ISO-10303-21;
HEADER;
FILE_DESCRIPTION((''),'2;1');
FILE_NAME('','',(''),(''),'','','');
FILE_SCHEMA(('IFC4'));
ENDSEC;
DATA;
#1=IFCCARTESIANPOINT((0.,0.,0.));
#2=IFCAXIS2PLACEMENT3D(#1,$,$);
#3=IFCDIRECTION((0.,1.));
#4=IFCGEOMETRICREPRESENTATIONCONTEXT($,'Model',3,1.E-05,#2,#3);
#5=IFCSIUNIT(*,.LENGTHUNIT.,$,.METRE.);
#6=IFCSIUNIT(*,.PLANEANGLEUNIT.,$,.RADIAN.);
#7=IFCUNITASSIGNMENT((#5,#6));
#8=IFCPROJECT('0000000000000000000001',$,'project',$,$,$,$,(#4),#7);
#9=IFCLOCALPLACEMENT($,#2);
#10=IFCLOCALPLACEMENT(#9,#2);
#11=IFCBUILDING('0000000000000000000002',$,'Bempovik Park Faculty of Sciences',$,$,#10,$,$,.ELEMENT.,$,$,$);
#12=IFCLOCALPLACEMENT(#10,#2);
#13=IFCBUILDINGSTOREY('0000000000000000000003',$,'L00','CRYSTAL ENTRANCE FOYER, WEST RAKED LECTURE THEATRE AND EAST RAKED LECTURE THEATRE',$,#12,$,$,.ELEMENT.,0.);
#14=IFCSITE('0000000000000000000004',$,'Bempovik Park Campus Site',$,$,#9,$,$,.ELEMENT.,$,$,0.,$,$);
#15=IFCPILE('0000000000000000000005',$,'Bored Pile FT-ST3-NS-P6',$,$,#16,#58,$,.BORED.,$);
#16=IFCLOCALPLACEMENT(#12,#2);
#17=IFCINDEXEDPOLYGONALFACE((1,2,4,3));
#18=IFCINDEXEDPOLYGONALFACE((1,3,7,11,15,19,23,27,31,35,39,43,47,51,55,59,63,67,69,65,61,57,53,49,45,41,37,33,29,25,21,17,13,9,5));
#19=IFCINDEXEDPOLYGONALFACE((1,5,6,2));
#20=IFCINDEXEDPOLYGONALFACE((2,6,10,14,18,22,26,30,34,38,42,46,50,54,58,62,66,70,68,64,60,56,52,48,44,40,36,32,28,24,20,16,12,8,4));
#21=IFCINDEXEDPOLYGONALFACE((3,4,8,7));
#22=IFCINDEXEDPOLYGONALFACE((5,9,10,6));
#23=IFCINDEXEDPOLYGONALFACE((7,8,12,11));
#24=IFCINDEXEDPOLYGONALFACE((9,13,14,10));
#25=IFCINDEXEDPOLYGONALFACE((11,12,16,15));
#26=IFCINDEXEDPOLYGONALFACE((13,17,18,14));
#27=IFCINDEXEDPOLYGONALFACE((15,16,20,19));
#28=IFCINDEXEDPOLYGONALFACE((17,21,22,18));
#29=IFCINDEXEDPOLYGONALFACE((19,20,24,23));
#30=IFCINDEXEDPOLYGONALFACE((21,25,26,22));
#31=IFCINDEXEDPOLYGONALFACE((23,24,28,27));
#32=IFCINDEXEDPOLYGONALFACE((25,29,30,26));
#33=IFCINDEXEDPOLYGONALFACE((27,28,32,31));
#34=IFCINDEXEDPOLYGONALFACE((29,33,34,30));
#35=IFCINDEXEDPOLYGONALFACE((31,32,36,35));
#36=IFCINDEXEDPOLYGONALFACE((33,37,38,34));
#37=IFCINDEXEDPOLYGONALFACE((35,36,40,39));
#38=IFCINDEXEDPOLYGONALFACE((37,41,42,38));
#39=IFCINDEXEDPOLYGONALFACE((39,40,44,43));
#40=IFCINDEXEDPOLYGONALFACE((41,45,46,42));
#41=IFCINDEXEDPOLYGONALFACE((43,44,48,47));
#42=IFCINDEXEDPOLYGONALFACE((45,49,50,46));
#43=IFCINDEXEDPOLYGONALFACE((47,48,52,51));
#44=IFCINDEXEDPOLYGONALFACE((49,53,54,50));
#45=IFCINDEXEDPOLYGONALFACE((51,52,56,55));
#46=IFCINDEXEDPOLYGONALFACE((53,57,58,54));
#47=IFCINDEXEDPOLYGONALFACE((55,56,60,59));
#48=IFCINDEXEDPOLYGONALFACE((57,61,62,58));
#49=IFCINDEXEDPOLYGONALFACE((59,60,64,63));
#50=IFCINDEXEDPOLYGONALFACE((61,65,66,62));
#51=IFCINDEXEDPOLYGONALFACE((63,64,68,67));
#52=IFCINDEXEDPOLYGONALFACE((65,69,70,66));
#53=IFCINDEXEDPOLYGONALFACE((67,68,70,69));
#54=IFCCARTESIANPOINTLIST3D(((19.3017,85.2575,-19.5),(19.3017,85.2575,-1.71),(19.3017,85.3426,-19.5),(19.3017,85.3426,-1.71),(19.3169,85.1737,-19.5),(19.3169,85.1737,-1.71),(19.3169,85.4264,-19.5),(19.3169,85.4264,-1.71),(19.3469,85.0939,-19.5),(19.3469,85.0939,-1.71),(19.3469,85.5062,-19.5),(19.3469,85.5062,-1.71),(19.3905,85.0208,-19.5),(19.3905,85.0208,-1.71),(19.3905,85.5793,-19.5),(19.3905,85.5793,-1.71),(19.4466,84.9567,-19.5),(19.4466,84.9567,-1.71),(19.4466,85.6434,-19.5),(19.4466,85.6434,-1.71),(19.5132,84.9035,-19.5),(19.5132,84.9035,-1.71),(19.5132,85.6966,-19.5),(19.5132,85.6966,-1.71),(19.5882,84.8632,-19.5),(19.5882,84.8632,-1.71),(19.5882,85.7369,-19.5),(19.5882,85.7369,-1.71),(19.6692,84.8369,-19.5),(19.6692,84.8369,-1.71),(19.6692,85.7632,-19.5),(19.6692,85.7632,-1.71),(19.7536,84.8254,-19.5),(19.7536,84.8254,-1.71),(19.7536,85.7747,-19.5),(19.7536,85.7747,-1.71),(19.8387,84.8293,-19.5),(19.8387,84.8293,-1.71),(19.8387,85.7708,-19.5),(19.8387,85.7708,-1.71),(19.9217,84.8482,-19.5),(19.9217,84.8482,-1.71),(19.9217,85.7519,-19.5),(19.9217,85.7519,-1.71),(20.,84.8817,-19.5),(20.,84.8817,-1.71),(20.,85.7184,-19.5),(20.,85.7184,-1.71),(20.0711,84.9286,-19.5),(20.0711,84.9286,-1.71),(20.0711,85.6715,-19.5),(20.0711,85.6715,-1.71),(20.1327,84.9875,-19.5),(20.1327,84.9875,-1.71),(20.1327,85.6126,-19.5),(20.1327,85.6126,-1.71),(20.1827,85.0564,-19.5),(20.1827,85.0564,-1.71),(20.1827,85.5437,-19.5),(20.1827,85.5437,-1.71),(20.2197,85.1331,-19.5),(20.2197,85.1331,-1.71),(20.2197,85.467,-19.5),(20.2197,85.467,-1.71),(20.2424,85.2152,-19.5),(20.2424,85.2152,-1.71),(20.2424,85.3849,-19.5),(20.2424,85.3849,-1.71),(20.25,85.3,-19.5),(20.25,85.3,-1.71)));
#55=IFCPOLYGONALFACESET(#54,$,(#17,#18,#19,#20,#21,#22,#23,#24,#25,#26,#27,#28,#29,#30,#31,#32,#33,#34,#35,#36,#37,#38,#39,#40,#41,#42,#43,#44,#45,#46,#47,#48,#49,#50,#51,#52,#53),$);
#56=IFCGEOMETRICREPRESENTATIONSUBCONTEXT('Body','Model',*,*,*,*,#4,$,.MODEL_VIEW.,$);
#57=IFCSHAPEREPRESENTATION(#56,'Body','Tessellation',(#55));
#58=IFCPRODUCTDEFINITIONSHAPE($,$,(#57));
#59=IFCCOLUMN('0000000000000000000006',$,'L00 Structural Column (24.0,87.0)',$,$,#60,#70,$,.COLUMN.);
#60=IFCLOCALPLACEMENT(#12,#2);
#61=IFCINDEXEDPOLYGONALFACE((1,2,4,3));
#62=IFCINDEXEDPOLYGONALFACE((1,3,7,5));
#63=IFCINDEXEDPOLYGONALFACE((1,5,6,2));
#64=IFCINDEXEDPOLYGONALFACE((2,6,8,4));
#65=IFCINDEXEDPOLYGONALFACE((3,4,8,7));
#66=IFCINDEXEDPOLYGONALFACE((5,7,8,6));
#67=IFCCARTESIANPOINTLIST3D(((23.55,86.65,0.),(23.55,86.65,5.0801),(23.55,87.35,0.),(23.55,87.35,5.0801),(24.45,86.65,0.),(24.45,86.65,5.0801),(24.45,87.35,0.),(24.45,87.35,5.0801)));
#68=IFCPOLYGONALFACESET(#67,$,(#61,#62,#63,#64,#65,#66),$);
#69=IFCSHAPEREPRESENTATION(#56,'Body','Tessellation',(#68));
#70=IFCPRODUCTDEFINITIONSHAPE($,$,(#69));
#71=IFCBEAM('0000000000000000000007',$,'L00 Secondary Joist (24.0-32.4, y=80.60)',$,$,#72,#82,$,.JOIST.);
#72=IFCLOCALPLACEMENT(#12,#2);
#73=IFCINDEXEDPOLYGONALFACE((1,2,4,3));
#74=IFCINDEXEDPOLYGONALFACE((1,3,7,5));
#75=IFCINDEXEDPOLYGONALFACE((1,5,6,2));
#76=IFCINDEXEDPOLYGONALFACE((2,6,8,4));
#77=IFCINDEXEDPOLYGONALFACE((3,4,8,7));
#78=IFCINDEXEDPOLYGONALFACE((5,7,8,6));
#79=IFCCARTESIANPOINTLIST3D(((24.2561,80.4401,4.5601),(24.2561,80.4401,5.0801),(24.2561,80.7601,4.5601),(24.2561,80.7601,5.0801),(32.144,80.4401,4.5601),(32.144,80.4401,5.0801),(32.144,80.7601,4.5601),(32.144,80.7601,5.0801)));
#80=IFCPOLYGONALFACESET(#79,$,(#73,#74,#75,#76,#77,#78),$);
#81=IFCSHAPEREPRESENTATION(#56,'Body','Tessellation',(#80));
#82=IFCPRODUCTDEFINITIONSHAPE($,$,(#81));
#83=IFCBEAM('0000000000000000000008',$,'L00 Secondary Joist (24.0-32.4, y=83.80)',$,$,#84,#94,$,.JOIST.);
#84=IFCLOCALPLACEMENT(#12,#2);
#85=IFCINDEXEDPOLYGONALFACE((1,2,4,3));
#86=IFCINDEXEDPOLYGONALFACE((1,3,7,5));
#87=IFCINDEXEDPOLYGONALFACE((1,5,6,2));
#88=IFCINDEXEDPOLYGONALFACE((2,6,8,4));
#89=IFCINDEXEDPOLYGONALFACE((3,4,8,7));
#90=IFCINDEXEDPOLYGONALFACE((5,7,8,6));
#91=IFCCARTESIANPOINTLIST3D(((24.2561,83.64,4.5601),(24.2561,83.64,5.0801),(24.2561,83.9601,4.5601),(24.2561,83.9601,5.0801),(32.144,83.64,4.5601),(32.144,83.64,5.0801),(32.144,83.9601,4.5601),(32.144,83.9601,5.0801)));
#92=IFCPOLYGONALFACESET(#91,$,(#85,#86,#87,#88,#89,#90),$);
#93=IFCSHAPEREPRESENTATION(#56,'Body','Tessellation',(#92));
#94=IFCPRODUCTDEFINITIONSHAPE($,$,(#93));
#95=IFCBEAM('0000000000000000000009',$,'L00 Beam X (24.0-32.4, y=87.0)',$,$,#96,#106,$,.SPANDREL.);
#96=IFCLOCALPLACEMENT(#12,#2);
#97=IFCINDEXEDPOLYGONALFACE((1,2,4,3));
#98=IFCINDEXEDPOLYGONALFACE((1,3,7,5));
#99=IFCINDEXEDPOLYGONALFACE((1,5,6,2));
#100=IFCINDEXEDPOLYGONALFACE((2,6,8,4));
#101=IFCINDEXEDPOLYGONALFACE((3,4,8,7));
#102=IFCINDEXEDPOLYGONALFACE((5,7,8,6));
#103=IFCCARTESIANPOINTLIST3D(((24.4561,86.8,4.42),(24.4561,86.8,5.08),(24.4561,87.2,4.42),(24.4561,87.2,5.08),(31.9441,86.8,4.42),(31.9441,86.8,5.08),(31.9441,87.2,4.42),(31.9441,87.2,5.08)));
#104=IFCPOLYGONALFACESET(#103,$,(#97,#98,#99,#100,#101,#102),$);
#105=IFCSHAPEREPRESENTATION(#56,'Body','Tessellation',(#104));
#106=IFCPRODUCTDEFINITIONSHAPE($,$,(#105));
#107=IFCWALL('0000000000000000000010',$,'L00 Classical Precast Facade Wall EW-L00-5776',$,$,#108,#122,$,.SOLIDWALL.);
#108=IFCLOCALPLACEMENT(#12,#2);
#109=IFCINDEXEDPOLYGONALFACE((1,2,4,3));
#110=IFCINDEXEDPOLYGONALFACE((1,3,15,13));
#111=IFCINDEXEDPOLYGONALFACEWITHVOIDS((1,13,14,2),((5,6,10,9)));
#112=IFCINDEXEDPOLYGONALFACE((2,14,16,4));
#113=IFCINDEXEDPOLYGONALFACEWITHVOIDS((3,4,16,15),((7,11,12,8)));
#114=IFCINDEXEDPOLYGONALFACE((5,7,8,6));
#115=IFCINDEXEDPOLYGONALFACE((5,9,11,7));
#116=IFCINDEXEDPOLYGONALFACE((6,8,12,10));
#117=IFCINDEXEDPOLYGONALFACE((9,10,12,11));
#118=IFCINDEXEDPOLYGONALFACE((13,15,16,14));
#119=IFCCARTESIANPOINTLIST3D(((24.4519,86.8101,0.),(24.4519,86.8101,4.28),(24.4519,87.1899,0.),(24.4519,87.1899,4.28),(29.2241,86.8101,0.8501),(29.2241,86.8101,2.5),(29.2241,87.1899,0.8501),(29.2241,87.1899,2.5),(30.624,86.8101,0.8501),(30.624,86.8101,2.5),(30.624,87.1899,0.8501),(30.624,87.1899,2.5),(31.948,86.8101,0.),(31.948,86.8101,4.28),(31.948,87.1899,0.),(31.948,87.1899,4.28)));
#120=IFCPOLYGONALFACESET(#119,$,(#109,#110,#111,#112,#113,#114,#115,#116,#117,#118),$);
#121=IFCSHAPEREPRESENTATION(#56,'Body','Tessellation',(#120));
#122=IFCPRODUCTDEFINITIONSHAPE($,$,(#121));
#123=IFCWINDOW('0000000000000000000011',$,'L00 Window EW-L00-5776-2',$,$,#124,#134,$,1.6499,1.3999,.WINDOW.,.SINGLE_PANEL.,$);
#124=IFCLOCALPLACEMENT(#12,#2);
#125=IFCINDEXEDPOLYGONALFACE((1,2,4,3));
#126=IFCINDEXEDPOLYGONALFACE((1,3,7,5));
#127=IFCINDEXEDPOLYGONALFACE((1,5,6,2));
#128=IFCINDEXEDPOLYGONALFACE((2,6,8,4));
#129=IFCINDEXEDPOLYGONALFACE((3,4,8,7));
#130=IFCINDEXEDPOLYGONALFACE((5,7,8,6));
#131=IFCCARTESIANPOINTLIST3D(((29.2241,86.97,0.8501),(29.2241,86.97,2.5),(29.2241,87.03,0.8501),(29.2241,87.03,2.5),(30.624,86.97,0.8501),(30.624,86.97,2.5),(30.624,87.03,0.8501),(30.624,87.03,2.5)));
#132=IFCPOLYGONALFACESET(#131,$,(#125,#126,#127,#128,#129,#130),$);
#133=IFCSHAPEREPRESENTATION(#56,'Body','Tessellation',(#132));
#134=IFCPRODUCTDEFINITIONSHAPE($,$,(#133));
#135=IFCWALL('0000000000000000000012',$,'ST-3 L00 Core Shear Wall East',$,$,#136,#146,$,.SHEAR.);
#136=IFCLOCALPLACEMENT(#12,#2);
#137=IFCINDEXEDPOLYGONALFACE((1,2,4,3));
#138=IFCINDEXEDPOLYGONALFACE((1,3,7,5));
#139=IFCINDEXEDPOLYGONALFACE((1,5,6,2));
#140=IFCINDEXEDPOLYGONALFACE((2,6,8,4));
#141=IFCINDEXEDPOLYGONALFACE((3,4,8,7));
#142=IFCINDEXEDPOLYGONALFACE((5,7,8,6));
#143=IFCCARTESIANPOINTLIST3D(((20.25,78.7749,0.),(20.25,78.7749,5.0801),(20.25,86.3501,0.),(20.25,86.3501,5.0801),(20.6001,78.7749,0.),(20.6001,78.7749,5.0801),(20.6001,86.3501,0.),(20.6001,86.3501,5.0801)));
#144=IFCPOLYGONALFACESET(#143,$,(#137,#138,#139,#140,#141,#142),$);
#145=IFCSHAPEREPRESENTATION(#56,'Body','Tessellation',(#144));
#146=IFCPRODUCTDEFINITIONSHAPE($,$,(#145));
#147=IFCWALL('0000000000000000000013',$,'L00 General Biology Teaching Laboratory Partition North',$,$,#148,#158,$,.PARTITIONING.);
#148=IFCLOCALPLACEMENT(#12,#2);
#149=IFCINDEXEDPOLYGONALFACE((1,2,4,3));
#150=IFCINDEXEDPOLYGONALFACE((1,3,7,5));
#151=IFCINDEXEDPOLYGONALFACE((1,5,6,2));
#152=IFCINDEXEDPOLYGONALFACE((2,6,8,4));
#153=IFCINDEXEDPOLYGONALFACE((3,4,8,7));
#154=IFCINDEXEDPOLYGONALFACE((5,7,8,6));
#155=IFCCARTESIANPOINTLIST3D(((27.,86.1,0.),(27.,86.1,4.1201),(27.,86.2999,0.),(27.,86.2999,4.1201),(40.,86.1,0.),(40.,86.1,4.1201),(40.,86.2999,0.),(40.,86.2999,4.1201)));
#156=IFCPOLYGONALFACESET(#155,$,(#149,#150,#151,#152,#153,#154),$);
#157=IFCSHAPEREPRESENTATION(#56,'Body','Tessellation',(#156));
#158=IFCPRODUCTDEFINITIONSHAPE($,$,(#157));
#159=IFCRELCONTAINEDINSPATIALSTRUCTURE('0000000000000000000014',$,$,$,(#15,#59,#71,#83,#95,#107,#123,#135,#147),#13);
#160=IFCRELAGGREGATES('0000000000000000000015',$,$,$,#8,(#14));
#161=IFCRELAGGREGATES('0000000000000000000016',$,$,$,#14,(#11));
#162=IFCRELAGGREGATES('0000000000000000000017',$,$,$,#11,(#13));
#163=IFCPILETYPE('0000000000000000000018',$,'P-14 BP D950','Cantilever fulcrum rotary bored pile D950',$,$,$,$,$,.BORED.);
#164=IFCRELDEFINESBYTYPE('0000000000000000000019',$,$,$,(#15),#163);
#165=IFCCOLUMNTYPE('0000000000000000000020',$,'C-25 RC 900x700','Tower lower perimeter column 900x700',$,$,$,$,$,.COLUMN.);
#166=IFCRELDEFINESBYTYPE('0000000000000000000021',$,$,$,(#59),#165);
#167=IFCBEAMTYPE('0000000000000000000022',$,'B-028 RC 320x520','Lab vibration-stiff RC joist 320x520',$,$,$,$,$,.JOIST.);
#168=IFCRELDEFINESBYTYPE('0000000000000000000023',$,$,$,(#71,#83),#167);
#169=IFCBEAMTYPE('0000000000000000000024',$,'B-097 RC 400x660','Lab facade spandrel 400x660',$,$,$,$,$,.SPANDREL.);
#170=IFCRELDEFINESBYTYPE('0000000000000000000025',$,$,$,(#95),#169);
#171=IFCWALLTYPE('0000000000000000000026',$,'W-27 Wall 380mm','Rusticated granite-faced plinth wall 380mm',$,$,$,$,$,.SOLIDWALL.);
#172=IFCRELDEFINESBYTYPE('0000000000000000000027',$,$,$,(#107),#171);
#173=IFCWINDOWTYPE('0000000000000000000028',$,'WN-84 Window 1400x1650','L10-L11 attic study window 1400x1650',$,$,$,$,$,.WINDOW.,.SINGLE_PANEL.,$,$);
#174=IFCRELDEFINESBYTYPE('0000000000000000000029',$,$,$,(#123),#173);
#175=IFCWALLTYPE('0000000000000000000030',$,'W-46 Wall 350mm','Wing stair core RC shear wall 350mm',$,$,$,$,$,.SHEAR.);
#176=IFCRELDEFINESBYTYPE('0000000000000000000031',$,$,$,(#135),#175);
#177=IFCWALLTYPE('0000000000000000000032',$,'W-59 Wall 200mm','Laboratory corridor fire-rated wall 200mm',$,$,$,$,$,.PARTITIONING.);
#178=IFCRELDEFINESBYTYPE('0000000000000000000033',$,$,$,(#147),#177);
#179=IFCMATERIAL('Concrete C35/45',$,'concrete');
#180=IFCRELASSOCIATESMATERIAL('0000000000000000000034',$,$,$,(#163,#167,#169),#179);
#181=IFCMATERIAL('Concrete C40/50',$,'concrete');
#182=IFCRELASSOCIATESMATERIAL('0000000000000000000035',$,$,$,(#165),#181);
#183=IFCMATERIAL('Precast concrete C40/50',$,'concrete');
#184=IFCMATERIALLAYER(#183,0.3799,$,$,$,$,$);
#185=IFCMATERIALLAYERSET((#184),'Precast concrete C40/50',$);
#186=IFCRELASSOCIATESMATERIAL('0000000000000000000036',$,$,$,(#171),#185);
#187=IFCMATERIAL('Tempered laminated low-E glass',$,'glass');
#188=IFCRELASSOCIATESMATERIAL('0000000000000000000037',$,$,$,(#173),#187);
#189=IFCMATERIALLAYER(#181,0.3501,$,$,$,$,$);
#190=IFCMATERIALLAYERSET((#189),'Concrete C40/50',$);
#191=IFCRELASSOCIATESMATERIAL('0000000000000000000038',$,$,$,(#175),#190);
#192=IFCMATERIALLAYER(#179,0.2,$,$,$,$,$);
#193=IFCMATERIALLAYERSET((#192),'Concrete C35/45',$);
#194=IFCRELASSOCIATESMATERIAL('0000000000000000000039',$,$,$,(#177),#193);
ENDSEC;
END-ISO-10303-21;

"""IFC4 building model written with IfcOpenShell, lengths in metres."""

from ifc_helpers import new_model, si_unit, direction, frame, frame_2d, origin, origin_2d, place, context, subcontext, project, spatial, rectangle, circle, extrude, material, layer, layer_set, material_profile, profile_set, type_object, element, fill, save


model = new_model("IFC4")

# Units and contexts
model_context = context("Model", 3, precision=1e-05, world=origin(), true_north=direction((0.0, 1.0)))
body_context = subcontext(model_context, "Body", "Model", "MODEL_VIEW")
ifc_project = project(units=[si_unit("LENGTHUNIT", "METRE"), si_unit("PLANEANGLEUNIT", "RADIAN")], contexts=[model_context])

# Site, building, storey
site_placement = place(None, origin())
site = spatial("IfcSite", under=ifc_project, at=site_placement, Name="Bempovik Park Campus Site", CompositionType="ELEMENT", RefElevation=0.0)
building_placement = place(site_placement, origin())
building = spatial("IfcBuilding", under=site, at=building_placement, Name="Bempovik Park Faculty of Sciences", CompositionType="ELEMENT")
storey_placement = place(building_placement, origin())
storey = spatial("IfcBuildingStorey", under=building, at=storey_placement, Name="L00", Description="CRYSTAL ENTRANCE FOYER, WEST RAKED LECTURE THEATRE AND EAST RAKED LECTURE THEATRE", CompositionType="ELEMENT", Elevation=0.0)

# Shared definitions
ifc_material_1 = material(Name="Concrete C35/45", Category="concrete")

# Pile
ifc_material_profile_1 = material_profile(ifc_material_1, circle(Radius=0.4751, at=origin_2d()), Name="BP D950")
ifc_profile_set_1 = profile_set([ifc_material_profile_1], Name="Concrete C35/45")
pile_type_1 = type_object("IfcPileType", Name="P-14 BP D950", Description="Cantilever fulcrum rotary bored pile D950", PredefinedType="BORED", material=ifc_profile_set_1)
for number, where, z_axis, x_axis, name in (
    (1, (19.7749, 85.3, -1.71), (0.0, 0.0, -1.0), (1.0, 0.0, 0.0), "Bored Pile FT-ST3-NS-P6"),
):
    element("IfcPile", number, at=place(storey_placement, frame(where, z_axis=z_axis, x_axis=x_axis)), inside=storey, type_object=pile_type_1, Name=name, PredefinedType="BORED", context=body_context, shape_type="SweptSolid", body=[
        extrude(circle(Radius=0.4751, at=origin_2d()), origin(), (0.0, 0.0, 1.0), 17.79),
    ])

# Column
ifc_material_2 = material(Name="Concrete C40/50", Category="concrete")
ifc_material_profile_2 = material_profile(ifc_material_2, rectangle(XDim=0.8999, YDim=0.7, at=origin_2d()), Name="RC 900x700")
ifc_profile_set_2 = profile_set([ifc_material_profile_2], Name="Concrete C40/50")
column_type = type_object("IfcColumnType", Name="C-25 RC 900x700", Description="Tower lower perimeter column 900x700", PredefinedType="COLUMN", material=ifc_profile_set_2)
column_placement = place(storey_placement, frame((24.0, 87.0, 0.0), z_axis=(0.0, 0.0, 1.0), x_axis=(1.0, 0.0, 0.0)))
element("IfcColumn", 2, at=column_placement, inside=storey, type_object=column_type, Name="L00 Structural Column (24.0,87.0)", PredefinedType="COLUMN", context=body_context, shape_type="SweptSolid", body=[
    extrude(rectangle(XDim=0.8999, YDim=0.7, at=origin_2d()), origin(), (0.0, 0.0, 1.0), 5.0801),
])

# Beams
ifc_material_profile_3 = material_profile(ifc_material_1, rectangle(XDim=0.3201, YDim=0.52, at=origin_2d()), Name="RC 320x520")
ifc_profile_set_3 = profile_set([ifc_material_profile_3], Name="Concrete C35/45")
beam_type_1 = type_object("IfcBeamType", Name="B-028 RC 320x520", Description="Lab vibration-stiff RC joist 320x520", PredefinedType="JOIST", material=ifc_profile_set_3)
for number, where, z_axis, x_axis, name in (
    (3, (24.2561, 80.6001, 4.8201), (1.0, 0.0, 0.0), (0.0, 1.0, 0.0), "L00 Secondary Joist (24.0-32.4, y=80.60)"),
    (4, (24.2561, 83.8, 4.8201), (1.0, 0.0, 0.0), (0.0, 1.0, 0.0), "L00 Secondary Joist (24.0-32.4, y=83.80)"),
):
    element("IfcBeam", number, at=place(storey_placement, frame(where, z_axis=z_axis, x_axis=x_axis)), inside=storey, type_object=beam_type_1, Name=name, PredefinedType="JOIST", context=body_context, shape_type="SweptSolid", body=[
        extrude(rectangle(XDim=0.3201, YDim=0.52, at=origin_2d()), origin(), (0.0, 0.0, 1.0), 7.8879),
    ])
ifc_material_profile_4 = material_profile(ifc_material_1, rectangle(XDim=0.3999, YDim=0.6599, at=origin_2d()), Name="RC 400x660")
ifc_profile_set_4 = profile_set([ifc_material_profile_4], Name="Concrete C35/45")
beam_type_2 = type_object("IfcBeamType", Name="B-097 RC 400x660", Description="Lab facade spandrel 400x660", PredefinedType="SPANDREL", material=ifc_profile_set_4)
beam_placement = place(storey_placement, frame((24.4561, 87.0, 4.75), z_axis=(1.0, 0.0, 0.0), x_axis=(0.0, 1.0, 0.0)))
element("IfcBeam", 5, at=beam_placement, inside=storey, type_object=beam_type_2, Name="L00 Beam X (24.0-32.4, y=87.0)", PredefinedType="SPANDREL", context=body_context, shape_type="SweptSolid", body=[
    extrude(rectangle(XDim=0.3999, YDim=0.6599, at=origin_2d()), origin(), (0.0, 0.0, 1.0), 7.488),
])

# Wall, opening, window
ifc_material_3 = material(Name="Precast concrete C40/50", Category="concrete")
ifc_layer_1 = layer(ifc_material_3, 0.3799)
ifc_layer_set_1 = layer_set([ifc_layer_1], Name="Precast concrete C40/50")
wall_type_1 = type_object("IfcWallType", Name="W-27 Wall 380mm", Description="Rusticated granite-faced plinth wall 380mm", PredefinedType="SOLIDWALL", material=ifc_layer_set_1)
wall_1_placement = place(storey_placement, frame((24.4519, 87.0, 0.0), z_axis=(0.0, 0.0, 1.0), x_axis=(1.0, 0.0, 0.0)))
wall_1 = element("IfcWall", 6, at=wall_1_placement, inside=storey, type_object=wall_type_1, Name="L00 Classical Precast Facade Wall EW-L00-5776", PredefinedType="SOLIDWALL", context=body_context, shape_type="SweptSolid", body=[
    extrude(rectangle(XDim=7.4961, YDim=0.3799, at=frame_2d((3.748, 0.0))), origin(), (0.0, 0.0, 1.0), 4.28),
])
opening_placement = place(wall_1_placement, frame((4.7722, 0.0, 0.8501)))
opening = element("IfcOpeningElement", 7, at=opening_placement, cuts=wall_1, PredefinedType="OPENING", context=body_context, shape_type="SweptSolid", body=[
    extrude(rectangle(XDim=1.3999, YDim=1.6499, at=frame_2d((0.7, 0.825))), frame((0.0, 0.2, 0.0), z_axis=(0.0, -1.0, 0.0), x_axis=(1.0, 0.0, 0.0)), (0.0, 0.0, 1.0), 0.3999),
])
ifc_material_4 = material(Name="Tempered laminated low-E glass", Category="glass")
window_type = type_object("IfcWindowType", Name="WN-84 Window 1400x1650", Description="L10-L11 attic study window 1400x1650", PartitioningType="SINGLE_PANEL", PredefinedType="WINDOW", material=ifc_material_4)
window_placement = place(opening_placement, origin())
window = element("IfcWindow", 8, at=window_placement, inside=storey, type_object=window_type, Name="L00 Window EW-L00-5776-2", OverallHeight=1.6499, OverallWidth=1.3999, PartitioningType="SINGLE_PANEL", PredefinedType="WINDOW", context=body_context, shape_type="SweptSolid", body=[
    extrude(rectangle(XDim=1.3999, YDim=1.6499, at=frame_2d((0.7, 0.825))), frame((0.0, 0.03, 0.0), z_axis=(0.0, -1.0, 0.0), x_axis=(1.0, 0.0, 0.0)), (0.0, 0.0, 1.0), 0.0601),
])
fill(opening, window)

# Walls
ifc_layer_2 = layer(ifc_material_2, 0.3501)
ifc_layer_set_2 = layer_set([ifc_layer_2], Name="Concrete C40/50")
wall_type_2 = type_object("IfcWallType", Name="W-46 Wall 350mm", Description="Wing stair core RC shear wall 350mm", PredefinedType="SHEAR", material=ifc_layer_set_2)
wall_2_placement = place(storey_placement, frame((20.425, 78.7749, 0.0), z_axis=(0.0, 0.0, 1.0), x_axis=(0.0, 1.0, 0.0)))
element("IfcWall", 9, at=wall_2_placement, inside=storey, type_object=wall_type_2, Name="ST-3 L00 Core Shear Wall East", PredefinedType="SHEAR", context=body_context, shape_type="SweptSolid", body=[
    extrude(rectangle(XDim=7.5752, YDim=0.3501, at=frame_2d((3.7876, 0.0))), origin(), (0.0, 0.0, 1.0), 5.0801),
])
ifc_layer_3 = layer(ifc_material_1, 0.2)
ifc_layer_set_3 = layer_set([ifc_layer_3], Name="Concrete C35/45")
wall_type_3 = type_object("IfcWallType", Name="W-59 Wall 200mm", Description="Laboratory corridor fire-rated wall 200mm", PredefinedType="PARTITIONING", material=ifc_layer_set_3)
wall_3_placement = place(storey_placement, frame((27.0, 86.2, 0.0), z_axis=(0.0, 0.0, 1.0), x_axis=(1.0, 0.0, 0.0)))
element("IfcWall", 10, at=wall_3_placement, inside=storey, type_object=wall_type_3, Name="L00 General Biology Teaching Laboratory Partition North", PredefinedType="PARTITIONING", context=body_context, shape_type="SweptSolid", body=[
    extrude(rectangle(XDim=13.0, YDim=0.2, at=frame_2d((6.5, 0.0))), origin(), (0.0, 0.0, 1.0), 4.1201),
])

save(model, "model.ifc")
